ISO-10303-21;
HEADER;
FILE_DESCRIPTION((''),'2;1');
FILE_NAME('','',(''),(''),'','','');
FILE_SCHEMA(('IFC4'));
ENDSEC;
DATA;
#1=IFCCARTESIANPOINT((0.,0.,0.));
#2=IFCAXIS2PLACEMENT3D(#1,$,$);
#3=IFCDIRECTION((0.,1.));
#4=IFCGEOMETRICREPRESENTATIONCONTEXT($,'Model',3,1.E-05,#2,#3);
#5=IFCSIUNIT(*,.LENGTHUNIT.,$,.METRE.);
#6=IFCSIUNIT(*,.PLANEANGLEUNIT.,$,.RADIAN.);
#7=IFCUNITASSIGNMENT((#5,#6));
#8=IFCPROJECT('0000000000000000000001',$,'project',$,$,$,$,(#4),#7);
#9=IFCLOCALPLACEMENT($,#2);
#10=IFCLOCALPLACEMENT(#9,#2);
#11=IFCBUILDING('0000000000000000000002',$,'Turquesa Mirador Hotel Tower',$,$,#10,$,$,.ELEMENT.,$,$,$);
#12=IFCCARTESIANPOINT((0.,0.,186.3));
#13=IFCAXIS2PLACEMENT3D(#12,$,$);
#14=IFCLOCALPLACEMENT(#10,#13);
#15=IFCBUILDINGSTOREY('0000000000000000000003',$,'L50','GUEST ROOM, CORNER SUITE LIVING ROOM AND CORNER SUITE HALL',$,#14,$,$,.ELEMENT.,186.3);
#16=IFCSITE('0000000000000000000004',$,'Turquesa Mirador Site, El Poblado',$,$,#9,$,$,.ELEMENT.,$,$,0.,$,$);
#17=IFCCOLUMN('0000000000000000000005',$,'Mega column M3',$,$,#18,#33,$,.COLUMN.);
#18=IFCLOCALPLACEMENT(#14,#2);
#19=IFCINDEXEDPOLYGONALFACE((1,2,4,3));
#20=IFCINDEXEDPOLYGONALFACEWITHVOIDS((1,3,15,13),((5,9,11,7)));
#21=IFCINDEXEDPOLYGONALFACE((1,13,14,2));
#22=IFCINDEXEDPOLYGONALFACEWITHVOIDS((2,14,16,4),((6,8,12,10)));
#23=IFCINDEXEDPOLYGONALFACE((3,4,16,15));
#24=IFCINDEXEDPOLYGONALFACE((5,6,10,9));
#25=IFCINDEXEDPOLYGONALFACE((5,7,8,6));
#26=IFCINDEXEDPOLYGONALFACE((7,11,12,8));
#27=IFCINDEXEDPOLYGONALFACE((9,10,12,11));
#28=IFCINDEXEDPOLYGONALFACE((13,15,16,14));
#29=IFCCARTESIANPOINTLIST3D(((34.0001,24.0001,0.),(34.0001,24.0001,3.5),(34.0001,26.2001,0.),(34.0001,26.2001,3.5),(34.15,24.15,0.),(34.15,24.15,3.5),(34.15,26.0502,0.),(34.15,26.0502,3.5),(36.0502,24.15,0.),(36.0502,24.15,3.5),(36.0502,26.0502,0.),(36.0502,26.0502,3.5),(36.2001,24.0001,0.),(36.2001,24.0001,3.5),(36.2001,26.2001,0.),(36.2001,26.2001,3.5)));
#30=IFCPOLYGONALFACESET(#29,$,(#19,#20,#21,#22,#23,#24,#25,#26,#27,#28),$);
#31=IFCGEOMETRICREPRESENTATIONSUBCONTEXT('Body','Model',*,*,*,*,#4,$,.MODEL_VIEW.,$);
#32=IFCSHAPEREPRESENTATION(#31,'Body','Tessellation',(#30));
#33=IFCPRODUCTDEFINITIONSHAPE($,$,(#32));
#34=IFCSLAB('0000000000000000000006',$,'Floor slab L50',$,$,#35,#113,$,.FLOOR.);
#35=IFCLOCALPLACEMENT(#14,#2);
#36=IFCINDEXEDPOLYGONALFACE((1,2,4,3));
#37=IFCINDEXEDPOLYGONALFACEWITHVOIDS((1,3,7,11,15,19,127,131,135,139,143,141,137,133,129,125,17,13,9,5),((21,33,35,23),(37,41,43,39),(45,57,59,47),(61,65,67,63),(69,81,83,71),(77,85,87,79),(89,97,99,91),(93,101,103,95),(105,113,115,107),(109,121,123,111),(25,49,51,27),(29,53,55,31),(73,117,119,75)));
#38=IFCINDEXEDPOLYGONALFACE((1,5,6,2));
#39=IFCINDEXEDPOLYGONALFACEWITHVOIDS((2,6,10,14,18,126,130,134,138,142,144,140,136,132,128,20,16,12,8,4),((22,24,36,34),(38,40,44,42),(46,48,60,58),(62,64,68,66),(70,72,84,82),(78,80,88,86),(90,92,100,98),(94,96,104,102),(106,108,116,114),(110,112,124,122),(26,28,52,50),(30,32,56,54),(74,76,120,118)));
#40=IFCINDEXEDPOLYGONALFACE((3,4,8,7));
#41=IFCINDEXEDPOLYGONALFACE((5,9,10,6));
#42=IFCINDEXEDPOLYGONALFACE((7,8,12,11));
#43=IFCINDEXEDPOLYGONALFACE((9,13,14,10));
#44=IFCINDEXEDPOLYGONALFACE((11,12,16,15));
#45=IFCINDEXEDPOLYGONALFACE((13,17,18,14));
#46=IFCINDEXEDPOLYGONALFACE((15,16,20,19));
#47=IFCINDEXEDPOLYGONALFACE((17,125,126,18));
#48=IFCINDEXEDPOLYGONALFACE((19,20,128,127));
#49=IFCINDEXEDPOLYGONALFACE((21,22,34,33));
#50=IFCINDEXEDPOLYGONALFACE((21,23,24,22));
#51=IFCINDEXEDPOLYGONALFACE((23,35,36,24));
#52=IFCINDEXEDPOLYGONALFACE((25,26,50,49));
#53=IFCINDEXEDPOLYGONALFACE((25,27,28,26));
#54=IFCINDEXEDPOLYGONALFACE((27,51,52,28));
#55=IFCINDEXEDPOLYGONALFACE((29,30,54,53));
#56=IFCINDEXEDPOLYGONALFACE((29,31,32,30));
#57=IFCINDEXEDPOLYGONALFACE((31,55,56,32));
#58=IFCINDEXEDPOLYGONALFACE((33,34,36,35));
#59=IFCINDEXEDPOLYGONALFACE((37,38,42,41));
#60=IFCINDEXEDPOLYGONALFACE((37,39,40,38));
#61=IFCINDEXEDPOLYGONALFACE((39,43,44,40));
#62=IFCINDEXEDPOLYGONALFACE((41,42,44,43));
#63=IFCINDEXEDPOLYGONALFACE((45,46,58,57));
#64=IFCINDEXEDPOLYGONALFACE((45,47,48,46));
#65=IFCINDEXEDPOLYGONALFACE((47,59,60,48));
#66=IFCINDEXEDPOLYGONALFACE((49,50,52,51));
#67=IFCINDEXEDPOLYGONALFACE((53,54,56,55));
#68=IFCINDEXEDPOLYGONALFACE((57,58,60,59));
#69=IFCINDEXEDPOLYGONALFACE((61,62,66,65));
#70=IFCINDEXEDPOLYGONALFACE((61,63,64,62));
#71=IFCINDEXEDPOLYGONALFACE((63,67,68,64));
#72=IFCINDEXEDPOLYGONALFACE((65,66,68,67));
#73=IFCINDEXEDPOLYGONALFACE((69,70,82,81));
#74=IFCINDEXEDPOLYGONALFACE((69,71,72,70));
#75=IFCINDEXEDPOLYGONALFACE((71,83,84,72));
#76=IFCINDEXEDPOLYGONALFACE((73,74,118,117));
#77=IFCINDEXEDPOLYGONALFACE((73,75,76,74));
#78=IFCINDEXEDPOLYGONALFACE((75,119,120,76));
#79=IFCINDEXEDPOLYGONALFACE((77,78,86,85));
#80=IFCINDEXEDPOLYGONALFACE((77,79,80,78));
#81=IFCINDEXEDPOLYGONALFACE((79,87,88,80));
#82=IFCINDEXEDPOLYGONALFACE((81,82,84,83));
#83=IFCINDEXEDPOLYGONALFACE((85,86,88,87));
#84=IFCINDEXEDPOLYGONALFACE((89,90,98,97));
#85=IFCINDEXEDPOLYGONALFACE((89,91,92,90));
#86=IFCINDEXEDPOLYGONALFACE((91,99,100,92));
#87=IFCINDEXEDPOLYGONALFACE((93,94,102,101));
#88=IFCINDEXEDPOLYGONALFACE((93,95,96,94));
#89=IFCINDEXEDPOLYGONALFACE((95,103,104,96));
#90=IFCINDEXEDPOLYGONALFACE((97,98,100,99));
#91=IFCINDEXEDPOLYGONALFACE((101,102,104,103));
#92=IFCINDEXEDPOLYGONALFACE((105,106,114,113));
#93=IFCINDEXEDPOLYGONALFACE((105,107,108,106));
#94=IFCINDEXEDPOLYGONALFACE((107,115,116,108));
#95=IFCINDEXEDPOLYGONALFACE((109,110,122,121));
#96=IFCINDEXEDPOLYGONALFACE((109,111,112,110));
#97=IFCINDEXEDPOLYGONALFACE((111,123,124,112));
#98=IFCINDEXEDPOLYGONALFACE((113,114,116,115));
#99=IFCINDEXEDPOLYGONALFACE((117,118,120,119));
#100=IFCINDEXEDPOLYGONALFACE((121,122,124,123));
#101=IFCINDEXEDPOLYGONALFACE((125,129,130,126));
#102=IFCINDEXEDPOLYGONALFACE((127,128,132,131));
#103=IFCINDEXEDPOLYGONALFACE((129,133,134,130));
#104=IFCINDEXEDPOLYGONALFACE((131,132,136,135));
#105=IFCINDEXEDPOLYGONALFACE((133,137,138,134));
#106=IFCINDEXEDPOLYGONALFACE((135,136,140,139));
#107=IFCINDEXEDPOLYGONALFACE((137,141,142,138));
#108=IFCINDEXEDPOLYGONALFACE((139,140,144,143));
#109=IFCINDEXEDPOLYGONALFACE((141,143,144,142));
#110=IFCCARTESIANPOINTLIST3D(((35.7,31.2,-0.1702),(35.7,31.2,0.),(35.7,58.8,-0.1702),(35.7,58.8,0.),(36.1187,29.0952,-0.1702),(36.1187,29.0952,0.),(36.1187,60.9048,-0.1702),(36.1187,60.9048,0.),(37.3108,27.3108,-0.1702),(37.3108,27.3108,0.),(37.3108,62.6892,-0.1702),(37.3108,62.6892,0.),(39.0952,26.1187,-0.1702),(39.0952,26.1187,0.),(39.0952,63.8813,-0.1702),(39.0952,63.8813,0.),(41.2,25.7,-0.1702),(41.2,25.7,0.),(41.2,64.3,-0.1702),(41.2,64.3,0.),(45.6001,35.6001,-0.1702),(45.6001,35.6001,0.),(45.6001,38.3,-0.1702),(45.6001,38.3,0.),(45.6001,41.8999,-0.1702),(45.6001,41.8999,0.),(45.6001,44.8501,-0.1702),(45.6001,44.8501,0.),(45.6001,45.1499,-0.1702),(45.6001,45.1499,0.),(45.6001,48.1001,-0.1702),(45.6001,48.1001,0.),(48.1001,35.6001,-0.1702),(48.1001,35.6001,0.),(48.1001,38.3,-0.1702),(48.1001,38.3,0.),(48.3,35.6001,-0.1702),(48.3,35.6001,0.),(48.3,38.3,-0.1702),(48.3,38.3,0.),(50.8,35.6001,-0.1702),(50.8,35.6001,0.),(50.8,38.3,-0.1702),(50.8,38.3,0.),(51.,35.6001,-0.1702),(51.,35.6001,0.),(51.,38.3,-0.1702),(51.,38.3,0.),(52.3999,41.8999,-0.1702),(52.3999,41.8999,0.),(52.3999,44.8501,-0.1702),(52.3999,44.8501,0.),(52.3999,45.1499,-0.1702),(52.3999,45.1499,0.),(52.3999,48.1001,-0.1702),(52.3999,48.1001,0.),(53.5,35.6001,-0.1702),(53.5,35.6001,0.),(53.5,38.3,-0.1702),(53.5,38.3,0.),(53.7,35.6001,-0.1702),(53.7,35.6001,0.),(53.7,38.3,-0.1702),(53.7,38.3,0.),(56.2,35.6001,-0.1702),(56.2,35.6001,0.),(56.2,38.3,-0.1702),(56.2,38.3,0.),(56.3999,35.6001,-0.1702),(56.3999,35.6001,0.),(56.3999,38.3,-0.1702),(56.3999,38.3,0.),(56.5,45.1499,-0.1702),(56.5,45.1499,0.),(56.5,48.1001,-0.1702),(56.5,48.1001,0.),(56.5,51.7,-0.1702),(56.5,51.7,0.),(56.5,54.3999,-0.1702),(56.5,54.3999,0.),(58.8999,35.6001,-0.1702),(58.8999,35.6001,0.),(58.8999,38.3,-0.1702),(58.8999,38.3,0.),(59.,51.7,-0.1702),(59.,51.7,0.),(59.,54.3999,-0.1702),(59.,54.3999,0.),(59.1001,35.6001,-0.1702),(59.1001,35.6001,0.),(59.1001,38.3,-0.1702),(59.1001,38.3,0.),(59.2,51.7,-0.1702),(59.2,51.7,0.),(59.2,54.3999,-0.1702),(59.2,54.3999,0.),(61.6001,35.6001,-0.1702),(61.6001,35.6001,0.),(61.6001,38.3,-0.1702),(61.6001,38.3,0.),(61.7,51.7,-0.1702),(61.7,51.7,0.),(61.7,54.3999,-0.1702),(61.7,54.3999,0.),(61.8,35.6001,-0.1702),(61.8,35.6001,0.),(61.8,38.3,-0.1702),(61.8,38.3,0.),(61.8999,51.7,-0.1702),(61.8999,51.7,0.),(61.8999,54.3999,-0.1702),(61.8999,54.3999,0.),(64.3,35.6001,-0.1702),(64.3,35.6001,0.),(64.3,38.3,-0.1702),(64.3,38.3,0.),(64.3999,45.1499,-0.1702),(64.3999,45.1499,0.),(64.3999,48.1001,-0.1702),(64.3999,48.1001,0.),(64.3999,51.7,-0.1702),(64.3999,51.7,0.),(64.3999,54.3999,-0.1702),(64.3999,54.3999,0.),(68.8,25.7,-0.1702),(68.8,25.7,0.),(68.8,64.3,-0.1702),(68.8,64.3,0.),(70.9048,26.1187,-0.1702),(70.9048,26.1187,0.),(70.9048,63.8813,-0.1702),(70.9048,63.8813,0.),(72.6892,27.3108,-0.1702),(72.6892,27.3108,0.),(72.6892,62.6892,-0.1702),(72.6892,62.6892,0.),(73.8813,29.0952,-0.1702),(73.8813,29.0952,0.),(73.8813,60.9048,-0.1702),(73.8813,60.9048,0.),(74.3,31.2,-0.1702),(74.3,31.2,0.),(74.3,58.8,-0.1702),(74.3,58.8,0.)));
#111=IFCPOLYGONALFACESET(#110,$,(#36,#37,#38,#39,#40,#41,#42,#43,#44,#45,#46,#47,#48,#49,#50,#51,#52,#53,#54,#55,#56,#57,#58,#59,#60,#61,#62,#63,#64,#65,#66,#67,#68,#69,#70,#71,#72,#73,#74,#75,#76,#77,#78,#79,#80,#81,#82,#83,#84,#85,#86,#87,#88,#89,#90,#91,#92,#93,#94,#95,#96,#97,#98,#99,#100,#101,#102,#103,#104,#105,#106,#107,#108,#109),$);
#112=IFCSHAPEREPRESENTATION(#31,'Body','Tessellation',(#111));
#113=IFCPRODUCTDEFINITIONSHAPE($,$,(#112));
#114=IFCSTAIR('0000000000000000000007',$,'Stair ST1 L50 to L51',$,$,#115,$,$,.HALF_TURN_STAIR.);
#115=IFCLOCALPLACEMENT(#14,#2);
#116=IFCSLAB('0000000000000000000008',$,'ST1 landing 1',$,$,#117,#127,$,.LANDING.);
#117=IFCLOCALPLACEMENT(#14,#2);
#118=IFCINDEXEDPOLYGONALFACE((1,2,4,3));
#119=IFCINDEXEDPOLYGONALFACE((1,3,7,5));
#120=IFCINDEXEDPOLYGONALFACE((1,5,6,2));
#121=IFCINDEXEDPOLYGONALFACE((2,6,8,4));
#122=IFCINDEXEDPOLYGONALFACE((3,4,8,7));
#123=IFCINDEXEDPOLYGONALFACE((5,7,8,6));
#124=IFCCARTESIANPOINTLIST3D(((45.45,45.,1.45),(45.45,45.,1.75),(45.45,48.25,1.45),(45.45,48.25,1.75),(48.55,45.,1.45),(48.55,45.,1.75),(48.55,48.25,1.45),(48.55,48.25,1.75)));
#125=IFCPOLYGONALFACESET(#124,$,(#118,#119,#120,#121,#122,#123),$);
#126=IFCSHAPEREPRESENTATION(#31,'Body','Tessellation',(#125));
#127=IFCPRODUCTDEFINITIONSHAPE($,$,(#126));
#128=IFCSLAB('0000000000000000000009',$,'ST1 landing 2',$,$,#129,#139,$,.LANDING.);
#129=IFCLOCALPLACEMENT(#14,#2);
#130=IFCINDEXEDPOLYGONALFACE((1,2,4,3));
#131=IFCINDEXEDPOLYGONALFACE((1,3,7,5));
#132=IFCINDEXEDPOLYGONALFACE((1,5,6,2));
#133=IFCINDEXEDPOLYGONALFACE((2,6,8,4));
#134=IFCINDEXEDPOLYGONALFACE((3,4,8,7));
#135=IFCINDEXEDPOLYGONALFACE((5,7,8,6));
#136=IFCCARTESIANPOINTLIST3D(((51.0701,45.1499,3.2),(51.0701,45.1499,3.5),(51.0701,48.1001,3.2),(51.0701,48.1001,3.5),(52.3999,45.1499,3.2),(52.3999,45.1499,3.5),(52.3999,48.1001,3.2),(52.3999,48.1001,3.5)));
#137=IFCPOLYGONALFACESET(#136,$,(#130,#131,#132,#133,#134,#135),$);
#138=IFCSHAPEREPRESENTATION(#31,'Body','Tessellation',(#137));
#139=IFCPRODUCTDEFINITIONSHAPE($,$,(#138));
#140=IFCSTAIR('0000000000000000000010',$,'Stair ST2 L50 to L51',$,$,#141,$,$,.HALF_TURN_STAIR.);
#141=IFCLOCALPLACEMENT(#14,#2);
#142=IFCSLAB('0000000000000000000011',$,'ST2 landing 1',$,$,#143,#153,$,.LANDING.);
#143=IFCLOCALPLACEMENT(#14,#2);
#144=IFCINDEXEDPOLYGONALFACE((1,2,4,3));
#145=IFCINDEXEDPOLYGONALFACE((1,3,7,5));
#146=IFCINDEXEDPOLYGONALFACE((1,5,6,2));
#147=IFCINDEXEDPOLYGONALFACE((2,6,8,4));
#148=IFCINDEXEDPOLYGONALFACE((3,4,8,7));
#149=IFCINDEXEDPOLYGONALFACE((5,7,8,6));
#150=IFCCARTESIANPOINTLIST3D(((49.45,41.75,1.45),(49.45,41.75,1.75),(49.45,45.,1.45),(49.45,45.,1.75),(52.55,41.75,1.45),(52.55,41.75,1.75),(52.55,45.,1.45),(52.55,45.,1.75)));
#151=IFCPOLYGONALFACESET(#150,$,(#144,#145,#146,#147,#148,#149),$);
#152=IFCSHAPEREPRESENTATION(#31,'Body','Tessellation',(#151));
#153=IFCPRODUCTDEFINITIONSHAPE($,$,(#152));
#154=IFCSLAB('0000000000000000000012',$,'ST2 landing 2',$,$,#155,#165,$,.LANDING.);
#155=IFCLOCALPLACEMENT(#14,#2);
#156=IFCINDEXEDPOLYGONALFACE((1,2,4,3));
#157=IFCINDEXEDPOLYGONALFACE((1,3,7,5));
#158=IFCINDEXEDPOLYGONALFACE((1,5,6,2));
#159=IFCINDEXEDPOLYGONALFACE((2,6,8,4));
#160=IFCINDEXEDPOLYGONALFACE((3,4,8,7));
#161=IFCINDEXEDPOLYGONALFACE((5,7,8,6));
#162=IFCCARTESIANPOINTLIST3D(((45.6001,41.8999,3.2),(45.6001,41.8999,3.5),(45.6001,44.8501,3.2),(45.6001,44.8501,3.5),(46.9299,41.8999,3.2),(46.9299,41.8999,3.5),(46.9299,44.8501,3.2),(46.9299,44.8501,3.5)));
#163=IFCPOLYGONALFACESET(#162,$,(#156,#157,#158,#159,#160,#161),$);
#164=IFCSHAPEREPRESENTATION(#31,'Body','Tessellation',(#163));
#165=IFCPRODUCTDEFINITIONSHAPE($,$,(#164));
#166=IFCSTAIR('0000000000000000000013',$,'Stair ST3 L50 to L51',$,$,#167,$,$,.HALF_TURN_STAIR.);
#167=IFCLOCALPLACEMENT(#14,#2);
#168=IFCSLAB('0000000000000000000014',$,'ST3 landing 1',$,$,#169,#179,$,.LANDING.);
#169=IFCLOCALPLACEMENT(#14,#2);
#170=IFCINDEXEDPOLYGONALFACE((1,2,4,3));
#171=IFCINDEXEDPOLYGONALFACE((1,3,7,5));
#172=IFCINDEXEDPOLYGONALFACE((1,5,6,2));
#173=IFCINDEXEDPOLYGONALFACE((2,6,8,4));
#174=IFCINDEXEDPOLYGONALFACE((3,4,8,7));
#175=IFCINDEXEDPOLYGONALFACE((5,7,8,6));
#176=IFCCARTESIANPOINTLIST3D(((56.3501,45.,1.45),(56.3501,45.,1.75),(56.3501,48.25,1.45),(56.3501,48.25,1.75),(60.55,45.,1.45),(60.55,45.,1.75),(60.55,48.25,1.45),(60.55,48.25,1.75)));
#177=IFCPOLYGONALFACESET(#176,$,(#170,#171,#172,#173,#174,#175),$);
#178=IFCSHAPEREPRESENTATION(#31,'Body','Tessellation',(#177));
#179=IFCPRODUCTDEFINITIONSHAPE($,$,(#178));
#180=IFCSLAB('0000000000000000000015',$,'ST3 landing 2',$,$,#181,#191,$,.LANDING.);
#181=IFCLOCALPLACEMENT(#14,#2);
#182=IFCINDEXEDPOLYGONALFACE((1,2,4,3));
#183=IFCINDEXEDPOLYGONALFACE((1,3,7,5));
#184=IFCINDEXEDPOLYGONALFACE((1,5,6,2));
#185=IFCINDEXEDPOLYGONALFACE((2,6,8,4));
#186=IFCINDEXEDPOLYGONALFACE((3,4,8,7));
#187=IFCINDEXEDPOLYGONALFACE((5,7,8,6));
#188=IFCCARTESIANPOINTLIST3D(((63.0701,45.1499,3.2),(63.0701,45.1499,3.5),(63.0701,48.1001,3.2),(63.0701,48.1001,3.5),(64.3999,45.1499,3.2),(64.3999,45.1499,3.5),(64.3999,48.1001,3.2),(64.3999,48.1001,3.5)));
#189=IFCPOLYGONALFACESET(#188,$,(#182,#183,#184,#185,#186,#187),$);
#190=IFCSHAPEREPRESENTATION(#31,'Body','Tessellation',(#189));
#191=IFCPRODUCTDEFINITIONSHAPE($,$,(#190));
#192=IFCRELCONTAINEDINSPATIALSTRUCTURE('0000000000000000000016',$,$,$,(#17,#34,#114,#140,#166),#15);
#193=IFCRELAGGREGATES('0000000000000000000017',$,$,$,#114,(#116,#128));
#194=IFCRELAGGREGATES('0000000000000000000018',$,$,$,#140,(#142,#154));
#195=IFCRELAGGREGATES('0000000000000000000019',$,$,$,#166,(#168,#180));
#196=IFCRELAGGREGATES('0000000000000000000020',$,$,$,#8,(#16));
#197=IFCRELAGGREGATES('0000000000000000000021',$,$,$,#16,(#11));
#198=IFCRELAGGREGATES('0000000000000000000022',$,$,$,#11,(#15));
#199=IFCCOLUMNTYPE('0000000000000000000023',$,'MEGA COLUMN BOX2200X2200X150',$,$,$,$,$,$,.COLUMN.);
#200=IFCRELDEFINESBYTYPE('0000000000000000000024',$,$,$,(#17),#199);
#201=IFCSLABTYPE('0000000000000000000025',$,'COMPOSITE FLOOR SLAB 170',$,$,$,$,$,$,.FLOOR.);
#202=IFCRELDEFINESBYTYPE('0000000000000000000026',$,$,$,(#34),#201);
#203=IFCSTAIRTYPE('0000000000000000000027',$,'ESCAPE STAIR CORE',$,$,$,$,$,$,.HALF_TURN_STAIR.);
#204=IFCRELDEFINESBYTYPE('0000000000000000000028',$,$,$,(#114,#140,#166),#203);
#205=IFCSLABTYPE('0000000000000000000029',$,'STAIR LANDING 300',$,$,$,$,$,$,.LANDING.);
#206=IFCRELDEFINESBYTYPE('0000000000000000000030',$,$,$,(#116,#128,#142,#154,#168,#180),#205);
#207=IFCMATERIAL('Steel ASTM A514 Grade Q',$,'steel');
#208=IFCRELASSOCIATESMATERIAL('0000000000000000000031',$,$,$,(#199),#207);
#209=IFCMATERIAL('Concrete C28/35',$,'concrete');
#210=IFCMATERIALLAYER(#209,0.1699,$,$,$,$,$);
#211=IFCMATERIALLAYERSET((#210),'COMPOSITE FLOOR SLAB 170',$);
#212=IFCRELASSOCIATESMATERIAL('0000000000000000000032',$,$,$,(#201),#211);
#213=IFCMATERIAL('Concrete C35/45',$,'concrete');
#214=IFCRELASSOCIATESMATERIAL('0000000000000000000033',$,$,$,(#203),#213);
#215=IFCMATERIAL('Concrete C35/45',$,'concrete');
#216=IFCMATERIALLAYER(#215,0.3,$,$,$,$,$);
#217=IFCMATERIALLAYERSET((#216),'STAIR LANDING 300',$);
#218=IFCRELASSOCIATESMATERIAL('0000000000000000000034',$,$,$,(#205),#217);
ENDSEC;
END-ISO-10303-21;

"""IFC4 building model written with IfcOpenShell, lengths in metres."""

from ifc_helpers import new_model, si_unit, direction, frame, origin, origin_2d, place, context, subcontext, project, spatial, polyline, hollow_rectangle, outline, extrude, material, layer, layer_set, material_profile, profile_set, type_object, element, aggregate, save


model = new_model("IFC4")

# Units and contexts
model_context = context("Model", 3, precision=1e-05, world=origin(), true_north=direction((0.0, 1.0)))
body_context = subcontext(model_context, "Body", "Model", "MODEL_VIEW")
ifc_project = project(units=[si_unit("LENGTHUNIT", "METRE"), si_unit("PLANEANGLEUNIT", "RADIAN")], contexts=[model_context])

# Site, building, storey
site_placement = place(None, origin())
site = spatial("IfcSite", under=ifc_project, at=site_placement, Name="Turquesa Mirador Site, El Poblado", CompositionType="ELEMENT", RefElevation=0.0)
building_placement = place(site_placement, origin())
building = spatial("IfcBuilding", under=site, at=building_placement, Name="Turquesa Mirador Hotel Tower", CompositionType="ELEMENT")
storey_placement = place(building_placement, frame((0.0, 0.0, 186.3)))
storey = spatial("IfcBuildingStorey", under=building, at=storey_placement, Name="L50", Description="GUEST ROOM, CORNER SUITE LIVING ROOM AND CORNER SUITE HALL", CompositionType="ELEMENT", Elevation=186.3)

# Column
ifc_material_1 = material(Name="Steel ASTM A514 Grade Q", Category="steel")
ifc_material_profile = material_profile(ifc_material_1, hollow_rectangle(XDim=2.2, YDim=2.2, WallThickness=0.1499, at=origin_2d()), Name="BOX2200X2200X150")
ifc_profile_set = profile_set([ifc_material_profile], Name="Steel ASTM A514 Grade Q")
column_type = type_object("IfcColumnType", Name="MEGA COLUMN BOX2200X2200X150", PredefinedType="COLUMN", material=ifc_profile_set)
column_placement = place(storey_placement, frame((35.1001, 25.1001, 0.0), z_axis=(0.0, 0.0, 1.0), x_axis=(1.0, 0.0, 0.0)))
element("IfcColumn", 1, at=column_placement, inside=storey, type_object=column_type, Name="Mega column M3", PredefinedType="COLUMN", context=body_context, shape_type="SweptSolid", body=[
    extrude(hollow_rectangle(XDim=2.2, YDim=2.2, WallThickness=0.1499, at=origin_2d()), origin(), (0.0, 0.0, 1.0), 3.5),
])

# Slab
ifc_material_2 = material(Name="Concrete C28/35", Category="concrete")
ifc_layer_1 = layer(ifc_material_2, 0.1699)
ifc_layer_set_1 = layer_set([ifc_layer_1], Name="COMPOSITE FLOOR SLAB 170")
slab_type_1 = type_object("IfcSlabType", Name="COMPOSITE FLOOR SLAB 170", PredefinedType="FLOOR", material=ifc_layer_set_1)
slab_1_placement = place(storey_placement, frame((0.0, 0.0, -0.1702)))
element("IfcSlab", 2, at=slab_1_placement, inside=storey, type_object=slab_type_1, Name="Floor slab L50", PredefinedType="FLOOR", context=body_context, shape_type="SweptSolid", body=[
    extrude(outline(polyline([(68.8, 25.7), (70.9048, 26.1187), (72.6892, 27.3108), (73.8813, 29.0952), (74.3, 31.2), (74.3, 58.8), (73.8813, 60.9048), (72.6892, 62.6892), (70.9048, 63.8813), (68.8, 64.3), (41.2, 64.3), (39.0952, 63.8813), (37.3108, 62.6892), (36.1187, 60.9048), (35.7, 58.8), (35.7, 31.2), (36.1187, 29.0952), (37.3108, 27.3108), (39.0952, 26.1187), (41.2, 25.7), (68.8, 25.7)]), holes=[polyline([(56.5, 51.7), (59.0, 51.7), (59.0, 54.3999), (56.5, 54.3999), (56.5, 51.7)]), polyline([(59.2, 51.7), (61.7, 51.7), (61.7, 54.3999), (59.2, 54.3999), (59.2, 51.7)]), polyline([(45.6001, 35.6001), (48.1001, 35.6001), (48.1001, 38.3), (45.6001, 38.3), (45.6001, 35.6001)]), polyline([(48.3, 35.6001), (50.8, 35.6001), (50.8, 38.3), (48.3, 38.3), (48.3, 35.6001)]), polyline([(51.0, 35.6001), (53.5, 35.6001), (53.5, 38.3), (51.0, 38.3), (51.0, 35.6001)]), polyline([(53.7, 35.6001), (56.2, 35.6001), (56.2, 38.3), (53.7, 38.3), (53.7, 35.6001)]), polyline([(56.3999, 35.6001), (58.8999, 35.6001), (58.8999, 38.3), (56.3999, 38.3), (56.3999, 35.6001)]), polyline([(59.1001, 35.6001), (61.6001, 35.6001), (61.6001, 38.3), (59.1001, 38.3), (59.1001, 35.6001)]), polyline([(61.8, 35.6001), (64.3, 35.6001), (64.3, 38.3), (61.8, 38.3), (61.8, 35.6001)]), polyline([(45.6001, 45.1499), (52.3999, 45.1499), (52.3999, 48.1001), (45.6001, 48.1001), (45.6001, 45.1499)]), polyline([(45.6001, 41.8999), (52.3999, 41.8999), (52.3999, 44.8501), (45.6001, 44.8501), (45.6001, 41.8999)]), polyline([(56.5, 45.1499), (64.3999, 45.1499), (64.3999, 48.1001), (56.5, 48.1001), (56.5, 45.1499)]), polyline([(61.8999, 51.7), (64.3999, 51.7), (64.3999, 54.3999), (61.8999, 54.3999), (61.8999, 51.7)])]), origin(), (0.0, 0.0, 1.0), 0.1702),
])

# Stairs, slabs
ifc_material_3 = material(Name="Concrete C35/45", Category="concrete")
stair_type = type_object("IfcStairType", Name="ESCAPE STAIR CORE", PredefinedType="HALF_TURN_STAIR", material=ifc_material_3)
stair_1_placement = place(storey_placement, origin())
stair_1 = element("IfcStair", 3, at=stair_1_placement, inside=storey, type_object=stair_type, Name="Stair ST1 L50 to L51", PredefinedType="HALF_TURN_STAIR")
ifc_material_4 = material(Name="Concrete C35/45", Category="concrete")
ifc_layer_2 = layer(ifc_material_4, 0.3)
ifc_layer_set_2 = layer_set([ifc_layer_2], Name="STAIR LANDING 300")
slab_type_2 = type_object("IfcSlabType", Name="STAIR LANDING 300", PredefinedType="LANDING", material=ifc_layer_set_2)
slab_2_placement = place(storey_placement, frame((0.0, 0.0, 1.45)))
slab_2 = element("IfcSlab", 4, at=slab_2_placement, type_object=slab_type_2, Name="ST1 landing 1", PredefinedType="LANDING", context=body_context, shape_type="SweptSolid", body=[
    extrude(outline(polyline([(45.45, 45.0), (48.55, 45.0), (48.55, 48.25), (45.45, 48.25), (45.45, 45.0)])), origin(), (0.0, 0.0, 1.0), 0.3),
])
slab_3_placement = place(storey_placement, frame((0.0, 0.0, 3.2)))
slab_3 = element("IfcSlab", 5, at=slab_3_placement, type_object=slab_type_2, Name="ST1 landing 2", PredefinedType="LANDING", context=body_context, shape_type="SweptSolid", body=[
    extrude(outline(polyline([(51.0701, 45.1499), (52.3999, 45.1499), (52.3999, 48.1001), (51.0701, 48.1001), (51.0701, 45.1499)])), origin(), (0.0, 0.0, 1.0), 0.3),
])
aggregate(stair_1, [slab_2, slab_3])
stair_2_placement = place(storey_placement, origin())
stair_2 = element("IfcStair", 6, at=stair_2_placement, inside=storey, type_object=stair_type, Name="Stair ST2 L50 to L51", PredefinedType="HALF_TURN_STAIR")
slab_4_placement = place(storey_placement, frame((0.0, 0.0, 1.45)))
slab_4 = element("IfcSlab", 7, at=slab_4_placement, type_object=slab_type_2, Name="ST2 landing 1", PredefinedType="LANDING", context=body_context, shape_type="SweptSolid", body=[
    extrude(outline(polyline([(52.55, 45.0), (49.45, 45.0), (49.45, 41.75), (52.55, 41.75), (52.55, 45.0)])), origin(), (0.0, 0.0, 1.0), 0.3),
])
slab_5_placement = place(storey_placement, frame((0.0, 0.0, 3.2)))
slab_5 = element("IfcSlab", 8, at=slab_5_placement, type_object=slab_type_2, Name="ST2 landing 2", PredefinedType="LANDING", context=body_context, shape_type="SweptSolid", body=[
    extrude(outline(polyline([(46.9299, 44.8501), (45.6001, 44.8501), (45.6001, 41.8999), (46.9299, 41.8999), (46.9299, 44.8501)])), origin(), (0.0, 0.0, 1.0), 0.3),
])
aggregate(stair_2, [slab_4, slab_5])
stair_3_placement = place(storey_placement, origin())
stair_3 = element("IfcStair", 9, at=stair_3_placement, inside=storey, type_object=stair_type, Name="Stair ST3 L50 to L51", PredefinedType="HALF_TURN_STAIR")
slab_6_placement = place(storey_placement, frame((0.0, 0.0, 1.45)))
slab_6 = element("IfcSlab", 10, at=slab_6_placement, type_object=slab_type_2, Name="ST3 landing 1", PredefinedType="LANDING", context=body_context, shape_type="SweptSolid", body=[
    extrude(outline(polyline([(56.3501, 45.0), (60.55, 45.0), (60.55, 48.25), (56.3501, 48.25), (56.3501, 45.0)])), origin(), (0.0, 0.0, 1.0), 0.3),
])
slab_7_placement = place(storey_placement, frame((0.0, 0.0, 3.2)))
slab_7 = element("IfcSlab", 11, at=slab_7_placement, type_object=slab_type_2, Name="ST3 landing 2", PredefinedType="LANDING", context=body_context, shape_type="SweptSolid", body=[
    extrude(outline(polyline([(63.0701, 45.1499), (64.3999, 45.1499), (64.3999, 48.1001), (63.0701, 48.1001), (63.0701, 45.1499)])), origin(), (0.0, 0.0, 1.0), 0.3),
])
aggregate(stair_3, [slab_6, slab_7])

save(model, "model.ifc")
